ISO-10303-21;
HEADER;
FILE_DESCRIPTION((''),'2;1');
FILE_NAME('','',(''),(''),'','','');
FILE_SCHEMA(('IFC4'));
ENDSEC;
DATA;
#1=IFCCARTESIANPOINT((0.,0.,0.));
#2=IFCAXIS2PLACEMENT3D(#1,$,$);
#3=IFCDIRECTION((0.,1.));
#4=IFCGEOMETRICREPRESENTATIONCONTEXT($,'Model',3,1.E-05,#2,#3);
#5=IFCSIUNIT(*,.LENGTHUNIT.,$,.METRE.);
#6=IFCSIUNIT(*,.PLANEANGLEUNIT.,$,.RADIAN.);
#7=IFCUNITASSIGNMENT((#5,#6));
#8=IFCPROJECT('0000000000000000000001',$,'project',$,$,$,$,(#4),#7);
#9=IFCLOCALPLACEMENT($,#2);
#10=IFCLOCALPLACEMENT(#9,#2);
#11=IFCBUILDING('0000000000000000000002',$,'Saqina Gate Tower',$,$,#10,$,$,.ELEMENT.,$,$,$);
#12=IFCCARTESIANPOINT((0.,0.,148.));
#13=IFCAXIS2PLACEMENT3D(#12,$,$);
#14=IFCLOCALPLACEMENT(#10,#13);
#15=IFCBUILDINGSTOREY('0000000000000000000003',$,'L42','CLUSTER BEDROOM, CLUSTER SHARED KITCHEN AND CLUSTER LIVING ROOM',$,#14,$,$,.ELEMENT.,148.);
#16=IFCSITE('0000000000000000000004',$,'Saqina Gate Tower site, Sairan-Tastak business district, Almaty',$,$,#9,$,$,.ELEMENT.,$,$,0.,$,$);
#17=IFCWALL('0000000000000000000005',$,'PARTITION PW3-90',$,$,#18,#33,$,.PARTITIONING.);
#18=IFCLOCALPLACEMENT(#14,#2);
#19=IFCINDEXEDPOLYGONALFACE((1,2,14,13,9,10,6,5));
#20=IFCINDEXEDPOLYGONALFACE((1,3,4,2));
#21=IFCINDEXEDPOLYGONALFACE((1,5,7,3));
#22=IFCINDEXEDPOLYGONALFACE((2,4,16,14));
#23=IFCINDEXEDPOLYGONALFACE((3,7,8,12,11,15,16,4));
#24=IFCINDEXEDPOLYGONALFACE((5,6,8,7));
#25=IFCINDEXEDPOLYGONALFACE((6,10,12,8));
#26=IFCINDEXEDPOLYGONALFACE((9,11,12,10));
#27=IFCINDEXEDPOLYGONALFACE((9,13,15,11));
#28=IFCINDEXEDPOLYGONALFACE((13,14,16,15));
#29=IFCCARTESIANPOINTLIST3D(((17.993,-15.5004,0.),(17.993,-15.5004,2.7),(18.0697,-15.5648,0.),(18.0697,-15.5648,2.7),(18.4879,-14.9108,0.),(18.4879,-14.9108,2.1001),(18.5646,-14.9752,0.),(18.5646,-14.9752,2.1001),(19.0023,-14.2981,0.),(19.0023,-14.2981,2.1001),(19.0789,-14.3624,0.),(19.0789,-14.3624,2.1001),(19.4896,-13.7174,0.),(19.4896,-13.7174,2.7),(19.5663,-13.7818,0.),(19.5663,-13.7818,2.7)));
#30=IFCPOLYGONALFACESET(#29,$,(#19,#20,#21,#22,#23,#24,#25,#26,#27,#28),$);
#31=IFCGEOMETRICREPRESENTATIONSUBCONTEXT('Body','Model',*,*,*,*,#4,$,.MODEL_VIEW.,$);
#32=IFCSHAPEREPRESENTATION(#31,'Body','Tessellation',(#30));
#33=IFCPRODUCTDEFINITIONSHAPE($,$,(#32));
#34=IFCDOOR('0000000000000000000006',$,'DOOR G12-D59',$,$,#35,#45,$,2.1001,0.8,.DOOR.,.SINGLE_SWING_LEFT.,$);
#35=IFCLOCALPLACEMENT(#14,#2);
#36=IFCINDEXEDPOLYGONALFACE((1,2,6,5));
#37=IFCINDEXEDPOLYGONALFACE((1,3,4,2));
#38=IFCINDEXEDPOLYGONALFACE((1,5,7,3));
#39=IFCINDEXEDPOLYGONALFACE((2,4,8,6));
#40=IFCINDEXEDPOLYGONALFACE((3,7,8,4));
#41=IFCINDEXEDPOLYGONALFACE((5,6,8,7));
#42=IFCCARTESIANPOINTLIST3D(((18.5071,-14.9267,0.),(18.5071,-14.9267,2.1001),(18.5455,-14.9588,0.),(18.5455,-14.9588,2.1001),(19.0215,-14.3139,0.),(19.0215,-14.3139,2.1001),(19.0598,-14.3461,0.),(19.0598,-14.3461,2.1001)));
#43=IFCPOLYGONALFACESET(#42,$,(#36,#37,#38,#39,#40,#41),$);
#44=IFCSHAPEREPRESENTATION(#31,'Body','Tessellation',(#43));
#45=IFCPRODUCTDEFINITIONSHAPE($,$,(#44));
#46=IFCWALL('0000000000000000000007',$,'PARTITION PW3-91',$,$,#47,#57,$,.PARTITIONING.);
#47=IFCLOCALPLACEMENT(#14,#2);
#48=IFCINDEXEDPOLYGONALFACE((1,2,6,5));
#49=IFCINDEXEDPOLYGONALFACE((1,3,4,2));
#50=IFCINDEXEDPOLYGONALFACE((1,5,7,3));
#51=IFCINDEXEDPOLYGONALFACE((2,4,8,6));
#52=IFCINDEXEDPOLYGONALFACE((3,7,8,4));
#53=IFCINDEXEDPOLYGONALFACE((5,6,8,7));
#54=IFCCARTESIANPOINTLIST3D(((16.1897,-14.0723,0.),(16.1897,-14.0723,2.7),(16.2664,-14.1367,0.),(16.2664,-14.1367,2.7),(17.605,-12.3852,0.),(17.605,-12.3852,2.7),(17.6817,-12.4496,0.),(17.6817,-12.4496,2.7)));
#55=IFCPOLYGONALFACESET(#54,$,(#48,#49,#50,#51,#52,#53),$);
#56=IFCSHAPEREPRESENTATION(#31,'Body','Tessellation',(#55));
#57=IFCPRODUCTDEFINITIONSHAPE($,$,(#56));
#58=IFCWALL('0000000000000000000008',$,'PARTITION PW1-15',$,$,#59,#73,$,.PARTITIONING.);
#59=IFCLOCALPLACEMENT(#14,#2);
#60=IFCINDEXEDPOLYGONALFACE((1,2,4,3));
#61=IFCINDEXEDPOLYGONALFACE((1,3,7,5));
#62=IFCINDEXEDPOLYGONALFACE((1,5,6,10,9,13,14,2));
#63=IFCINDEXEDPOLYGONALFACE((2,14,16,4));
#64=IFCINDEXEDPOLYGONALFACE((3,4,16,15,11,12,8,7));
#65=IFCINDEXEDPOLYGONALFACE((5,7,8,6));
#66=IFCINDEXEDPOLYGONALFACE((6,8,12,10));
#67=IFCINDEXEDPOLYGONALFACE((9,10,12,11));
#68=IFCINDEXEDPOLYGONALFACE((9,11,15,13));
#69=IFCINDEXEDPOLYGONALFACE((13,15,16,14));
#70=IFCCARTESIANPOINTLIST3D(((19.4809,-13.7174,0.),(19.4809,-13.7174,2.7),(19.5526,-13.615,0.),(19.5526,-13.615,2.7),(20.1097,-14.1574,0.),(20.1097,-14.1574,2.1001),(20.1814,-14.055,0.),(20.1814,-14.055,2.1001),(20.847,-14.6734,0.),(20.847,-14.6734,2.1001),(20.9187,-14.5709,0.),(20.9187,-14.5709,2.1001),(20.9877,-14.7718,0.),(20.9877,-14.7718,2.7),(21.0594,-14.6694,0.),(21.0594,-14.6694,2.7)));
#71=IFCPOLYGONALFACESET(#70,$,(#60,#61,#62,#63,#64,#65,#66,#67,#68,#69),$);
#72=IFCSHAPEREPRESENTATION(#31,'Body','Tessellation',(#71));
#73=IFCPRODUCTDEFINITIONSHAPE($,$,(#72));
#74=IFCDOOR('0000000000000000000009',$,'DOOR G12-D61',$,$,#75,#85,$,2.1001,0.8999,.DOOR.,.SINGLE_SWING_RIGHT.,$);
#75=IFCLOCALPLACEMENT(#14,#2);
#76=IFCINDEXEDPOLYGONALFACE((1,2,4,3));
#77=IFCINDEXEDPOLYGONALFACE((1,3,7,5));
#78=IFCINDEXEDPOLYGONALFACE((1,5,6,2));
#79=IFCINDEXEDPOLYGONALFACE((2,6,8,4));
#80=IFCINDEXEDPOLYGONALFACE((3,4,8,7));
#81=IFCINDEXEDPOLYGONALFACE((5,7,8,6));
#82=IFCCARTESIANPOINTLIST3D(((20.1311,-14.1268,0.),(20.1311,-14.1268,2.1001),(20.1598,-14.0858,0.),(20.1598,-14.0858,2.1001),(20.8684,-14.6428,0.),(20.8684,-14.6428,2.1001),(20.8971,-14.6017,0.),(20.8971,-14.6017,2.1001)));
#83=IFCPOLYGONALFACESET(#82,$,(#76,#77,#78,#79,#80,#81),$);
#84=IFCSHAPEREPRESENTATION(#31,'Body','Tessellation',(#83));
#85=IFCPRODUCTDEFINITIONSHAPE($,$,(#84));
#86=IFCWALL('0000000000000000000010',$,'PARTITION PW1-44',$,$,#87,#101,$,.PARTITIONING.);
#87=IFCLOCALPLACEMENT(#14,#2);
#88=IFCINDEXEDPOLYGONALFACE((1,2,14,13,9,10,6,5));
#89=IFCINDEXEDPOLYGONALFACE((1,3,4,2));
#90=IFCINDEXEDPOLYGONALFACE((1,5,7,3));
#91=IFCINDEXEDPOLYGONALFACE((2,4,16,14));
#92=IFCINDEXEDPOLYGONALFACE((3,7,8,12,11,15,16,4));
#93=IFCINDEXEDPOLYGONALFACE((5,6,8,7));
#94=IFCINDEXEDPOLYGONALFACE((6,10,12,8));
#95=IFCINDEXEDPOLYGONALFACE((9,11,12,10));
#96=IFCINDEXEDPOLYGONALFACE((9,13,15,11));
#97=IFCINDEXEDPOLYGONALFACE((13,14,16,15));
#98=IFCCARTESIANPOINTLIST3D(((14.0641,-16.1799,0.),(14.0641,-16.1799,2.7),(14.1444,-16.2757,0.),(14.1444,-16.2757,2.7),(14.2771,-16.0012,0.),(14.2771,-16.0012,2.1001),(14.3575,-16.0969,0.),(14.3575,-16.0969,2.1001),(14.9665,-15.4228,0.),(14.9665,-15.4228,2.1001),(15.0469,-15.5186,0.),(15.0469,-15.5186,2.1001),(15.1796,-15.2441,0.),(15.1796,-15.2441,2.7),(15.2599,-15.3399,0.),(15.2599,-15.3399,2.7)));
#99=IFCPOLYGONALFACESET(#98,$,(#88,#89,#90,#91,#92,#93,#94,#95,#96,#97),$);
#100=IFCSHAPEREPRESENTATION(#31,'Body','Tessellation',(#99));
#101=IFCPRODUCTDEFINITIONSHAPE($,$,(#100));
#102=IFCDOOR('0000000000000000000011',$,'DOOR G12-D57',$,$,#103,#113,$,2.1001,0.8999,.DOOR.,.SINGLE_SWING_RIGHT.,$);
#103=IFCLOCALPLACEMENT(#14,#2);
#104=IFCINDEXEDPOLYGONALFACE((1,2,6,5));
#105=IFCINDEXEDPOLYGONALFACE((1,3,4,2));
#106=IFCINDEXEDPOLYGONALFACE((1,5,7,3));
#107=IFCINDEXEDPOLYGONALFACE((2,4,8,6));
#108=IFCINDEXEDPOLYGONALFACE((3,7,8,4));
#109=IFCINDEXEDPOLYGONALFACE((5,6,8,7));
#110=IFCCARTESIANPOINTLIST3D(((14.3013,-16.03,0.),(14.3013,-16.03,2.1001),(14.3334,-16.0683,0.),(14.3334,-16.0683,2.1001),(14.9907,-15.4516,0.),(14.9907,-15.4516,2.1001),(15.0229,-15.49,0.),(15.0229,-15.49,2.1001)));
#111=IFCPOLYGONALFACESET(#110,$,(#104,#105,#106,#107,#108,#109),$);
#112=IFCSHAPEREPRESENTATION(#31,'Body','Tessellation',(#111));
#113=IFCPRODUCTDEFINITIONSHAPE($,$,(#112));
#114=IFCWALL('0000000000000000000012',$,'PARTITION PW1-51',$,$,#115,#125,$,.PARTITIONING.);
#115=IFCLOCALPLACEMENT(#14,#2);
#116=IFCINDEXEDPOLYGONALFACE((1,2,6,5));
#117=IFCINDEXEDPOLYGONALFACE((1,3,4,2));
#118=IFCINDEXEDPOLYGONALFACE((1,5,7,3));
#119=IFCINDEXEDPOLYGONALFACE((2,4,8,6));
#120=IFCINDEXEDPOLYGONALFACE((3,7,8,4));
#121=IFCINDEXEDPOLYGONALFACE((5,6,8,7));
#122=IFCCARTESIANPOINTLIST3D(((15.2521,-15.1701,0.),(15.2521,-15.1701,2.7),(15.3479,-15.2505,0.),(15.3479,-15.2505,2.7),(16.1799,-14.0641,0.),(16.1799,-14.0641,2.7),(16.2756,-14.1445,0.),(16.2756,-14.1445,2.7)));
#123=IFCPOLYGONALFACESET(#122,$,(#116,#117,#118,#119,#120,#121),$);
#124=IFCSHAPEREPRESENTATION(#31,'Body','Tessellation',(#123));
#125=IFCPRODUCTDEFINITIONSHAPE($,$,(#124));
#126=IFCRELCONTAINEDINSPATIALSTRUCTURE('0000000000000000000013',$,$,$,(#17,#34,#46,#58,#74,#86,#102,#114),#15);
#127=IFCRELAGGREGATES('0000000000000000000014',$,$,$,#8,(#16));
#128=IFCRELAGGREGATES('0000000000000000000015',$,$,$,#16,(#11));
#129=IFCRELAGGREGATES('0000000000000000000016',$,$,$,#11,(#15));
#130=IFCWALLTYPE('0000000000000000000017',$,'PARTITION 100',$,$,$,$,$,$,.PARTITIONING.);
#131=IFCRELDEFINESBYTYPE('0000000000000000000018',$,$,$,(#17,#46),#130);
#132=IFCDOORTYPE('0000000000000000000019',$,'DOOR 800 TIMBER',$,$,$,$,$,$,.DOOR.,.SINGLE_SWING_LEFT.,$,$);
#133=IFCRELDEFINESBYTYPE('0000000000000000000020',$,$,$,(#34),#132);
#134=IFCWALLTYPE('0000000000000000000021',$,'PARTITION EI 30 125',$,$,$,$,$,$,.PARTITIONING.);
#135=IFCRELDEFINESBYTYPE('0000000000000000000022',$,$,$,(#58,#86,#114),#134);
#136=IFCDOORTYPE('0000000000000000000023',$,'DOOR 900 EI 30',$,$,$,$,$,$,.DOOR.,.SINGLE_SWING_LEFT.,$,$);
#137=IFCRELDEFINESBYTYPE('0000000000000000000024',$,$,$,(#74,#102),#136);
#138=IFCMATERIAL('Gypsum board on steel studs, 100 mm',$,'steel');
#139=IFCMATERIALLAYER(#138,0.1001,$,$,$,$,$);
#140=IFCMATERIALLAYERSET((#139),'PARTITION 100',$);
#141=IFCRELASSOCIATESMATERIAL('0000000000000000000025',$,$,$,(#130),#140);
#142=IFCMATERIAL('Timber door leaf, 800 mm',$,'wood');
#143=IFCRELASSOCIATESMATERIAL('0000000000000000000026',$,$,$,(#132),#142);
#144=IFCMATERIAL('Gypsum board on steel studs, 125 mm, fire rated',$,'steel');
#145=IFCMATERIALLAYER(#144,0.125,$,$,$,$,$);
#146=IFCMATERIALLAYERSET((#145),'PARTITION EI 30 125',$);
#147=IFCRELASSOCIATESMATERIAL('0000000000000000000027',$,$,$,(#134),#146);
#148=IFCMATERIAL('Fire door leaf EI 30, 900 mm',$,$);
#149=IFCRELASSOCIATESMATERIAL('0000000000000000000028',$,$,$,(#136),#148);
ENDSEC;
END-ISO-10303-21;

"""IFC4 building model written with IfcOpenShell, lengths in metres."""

from ifc_helpers import new_model, si_unit, direction, frame, frame_2d, origin, place, context, subcontext, project, spatial, rectangle, extrude, material, layer, layer_set, type_object, element, fill, save


model = new_model("IFC4")

# Units and contexts
model_context = context("Model", 3, precision=1e-05, world=origin(), true_north=direction((0.0, 1.0)))
body_context = subcontext(model_context, "Body", "Model", "MODEL_VIEW")
ifc_project = project(units=[si_unit("LENGTHUNIT", "METRE"), si_unit("PLANEANGLEUNIT", "RADIAN")], contexts=[model_context])

# Site, building, storey
site_placement = place(None, origin())
site = spatial("IfcSite", under=ifc_project, at=site_placement, Name="Saqina Gate Tower site, Sairan-Tastak business district, Almaty", CompositionType="ELEMENT", RefElevation=0.0)
building_placement = place(site_placement, origin())
building = spatial("IfcBuilding", under=site, at=building_placement, Name="Saqina Gate Tower", CompositionType="ELEMENT")
storey_placement = place(building_placement, frame((0.0, 0.0, 148.0)))
storey = spatial("IfcBuildingStorey", under=building, at=storey_placement, Name="L42", Description="CLUSTER BEDROOM, CLUSTER SHARED KITCHEN AND CLUSTER LIVING ROOM", CompositionType="ELEMENT", Elevation=148.0)

# Shared definitions
ifc_material_1 = material(Name="Gypsum board on steel studs, 100 mm", Category="steel")
ifc_layer_1 = layer(ifc_material_1, 0.1001)
ifc_layer_set_1 = layer_set([ifc_layer_1], Name="PARTITION 100")
wall_type_1 = type_object("IfcWallType", Name="PARTITION 100", PredefinedType="PARTITIONING", material=ifc_layer_set_1)

# Wall, opening, door
wall_1_placement = place(storey_placement, frame((18.0312, -15.5327, 0.0), z_axis=(0.0, 0.0, 1.0), x_axis=(0.642914, 0.765938, 0.0)))
wall_1 = element("IfcWall", 1, at=wall_1_placement, inside=storey, type_object=wall_type_1, Name="PARTITION PW3-90", PredefinedType="PARTITIONING", context=body_context, shape_type="SweptSolid", body=[
    extrude(rectangle(XDim=2.3279, YDim=0.1001, at=frame_2d((1.1641, 0.0))), origin(), (0.0, 0.0, 1.0), 2.7),
])
opening_1_placement = place(wall_1_placement, frame((0.77, 0.0, 0.0)))
opening_1 = element("IfcOpeningElement", 2, at=opening_1_placement, cuts=wall_1, PredefinedType="OPENING", context=body_context, shape_type="SweptSolid", body=[
    extrude(rectangle(XDim=0.8, YDim=2.1001, at=frame_2d((0.3999, 1.05))), frame((0.0, 0.062, 0.0), z_axis=(0.0, -1.0, 0.0), x_axis=(1.0, 0.0, 0.0)), (0.0, 0.0, 1.0), 0.124),
])
ifc_material_2 = material(Name="Timber door leaf, 800 mm", Category="wood")
door_type_1 = type_object("IfcDoorType", Name="DOOR 800 TIMBER", OperationType="SINGLE_SWING_LEFT", PredefinedType="DOOR", material=ifc_material_2)
door_1_placement = place(opening_1_placement, frame((0.8, 0.0, 0.0), z_axis=(0.0, 0.0, 1.0), x_axis=(-1.0, 0.0, 0.0)))
door_1 = element("IfcDoor", 3, at=door_1_placement, inside=storey, type_object=door_type_1, Name="DOOR G12-D59", OperationType="SINGLE_SWING_LEFT", OverallHeight=2.1001, OverallWidth=0.8, PredefinedType="DOOR", context=body_context, shape_type="SweptSolid", body=[
    extrude(rectangle(XDim=0.8, YDim=2.1001, at=frame_2d((0.3999, 1.05))), frame((0.0, 0.0249, 0.0), z_axis=(0.0, -1.0, 0.0), x_axis=(1.0, 0.0, 0.0)), (0.0, 0.0, 1.0), 0.05),
])
fill(opening_1, door_1)

# Wall
wall_2_placement = place(storey_placement, frame((16.228, -14.1045, 0.0), z_axis=(0.0, 0.0, 1.0), x_axis=(0.642711, 0.766109, 0.0)))
element("IfcWall", 4, at=wall_2_placement, inside=storey, type_object=wall_type_1, Name="PARTITION PW3-91", PredefinedType="PARTITIONING", context=body_context, shape_type="SweptSolid", body=[
    extrude(rectangle(XDim=2.2021, YDim=0.1001, at=frame_2d((1.1011, 0.0))), origin(), (0.0, 0.0, 1.0), 2.7),
])

# Walls, openings, doors
ifc_material_3 = material(Name="Gypsum board on steel studs, 125 mm, fire rated", Category="steel")
ifc_layer_2 = layer(ifc_material_3, 0.125)
ifc_layer_set_2 = layer_set([ifc_layer_2], Name="PARTITION EI 30 125")
wall_type_2 = type_object("IfcWallType", Name="PARTITION EI 30 125", PredefinedType="PARTITIONING", material=ifc_layer_set_2)
wall_3_placement = place(storey_placement, frame((19.5168, -13.6663, 0.0), z_axis=(0.0, 0.0, 1.0), x_axis=(0.819319, -0.573338, 0.0)))
wall_3 = element("IfcWall", 5, at=wall_3_placement, inside=storey, type_object=wall_type_2, Name="PARTITION PW1-15", PredefinedType="PARTITIONING", context=body_context, shape_type="SweptSolid", body=[
    extrude(rectangle(XDim=1.8391, YDim=0.125, at=frame_2d((0.9194, 0.0))), origin(), (0.0, 0.0, 1.0), 2.7),
])
opening_2_placement = place(wall_3_placement, frame((0.7673, 0.0, 0.0)))
opening_2 = element("IfcOpeningElement", 6, at=opening_2_placement, cuts=wall_3, PredefinedType="OPENING", context=body_context, shape_type="SweptSolid", body=[
    extrude(rectangle(XDim=0.8999, YDim=2.1001, at=frame_2d((0.45, 1.05))), frame((0.0, 0.0745, 0.0), z_axis=(0.0, -1.0, 0.0), x_axis=(1.0, 0.0, 0.0)), (0.0, 0.0, 1.0), 0.1489),
])
ifc_material_4 = material(Name="Fire door leaf EI 30, 900 mm")
door_type_2 = type_object("IfcDoorType", Name="DOOR 900 EI 30", OperationType="SINGLE_SWING_LEFT", PredefinedType="DOOR", material=ifc_material_4)
door_2_placement = place(opening_2_placement, origin())
door_2 = element("IfcDoor", 7, at=door_2_placement, inside=storey, type_object=door_type_2, Name="DOOR G12-D61", OperationType="SINGLE_SWING_RIGHT", OverallHeight=2.1001, OverallWidth=0.8999, PredefinedType="DOOR", context=body_context, shape_type="SweptSolid", body=[
    extrude(rectangle(XDim=0.8999, YDim=2.1001, at=frame_2d((0.45, 1.05))), frame((0.0, 0.0249, 0.0), z_axis=(0.0, -1.0, 0.0), x_axis=(1.0, 0.0, 0.0)), (0.0, 0.0, 1.0), 0.05),
])
fill(opening_2, door_2)
wall_4_placement = place(storey_placement, frame((14.1042, -16.2278, 0.0), z_axis=(0.0, 0.0, 1.0), x_axis=(0.766114, 0.642704, 0.0)))
wall_4 = element("IfcWall", 8, at=wall_4_placement, inside=storey, type_object=wall_type_2, Name="PARTITION PW1-44", PredefinedType="PARTITIONING", context=body_context, shape_type="SweptSolid", body=[
    extrude(rectangle(XDim=1.4561, YDim=0.125, at=frame_2d((0.728, 0.0))), origin(), (0.0, 0.0, 1.0), 2.7),
])
opening_3_placement = place(wall_4_placement, frame((0.2781, 0.0, 0.0)))
opening_3 = element("IfcOpeningElement", 9, at=opening_3_placement, cuts=wall_4, PredefinedType="OPENING", context=body_context, shape_type="SweptSolid", body=[
    extrude(rectangle(XDim=0.8999, YDim=2.1001, at=frame_2d((0.45, 1.05))), frame((0.0, 0.0745, 0.0), z_axis=(0.0, -1.0, 0.0), x_axis=(1.0, 0.0, 0.0)), (0.0, 0.0, 1.0), 0.1489),
])
door_3_placement = place(opening_3_placement, origin())
door_3 = element("IfcDoor", 10, at=door_3_placement, inside=storey, type_object=door_type_2, Name="DOOR G12-D57", OperationType="SINGLE_SWING_RIGHT", OverallHeight=2.1001, OverallWidth=0.8999, PredefinedType="DOOR", context=body_context, shape_type="SweptSolid", body=[
    extrude(rectangle(XDim=0.8999, YDim=2.1001, at=frame_2d((0.45, 1.05))), frame((0.0, 0.0249, 0.0), z_axis=(0.0, -1.0, 0.0), x_axis=(1.0, 0.0, 0.0)), (0.0, 0.0, 1.0), 0.05),
])
fill(opening_3, door_3)

# Wall
wall_5_placement = place(storey_placement, frame((15.3, -15.2102, 0.0), z_axis=(0.0, 0.0, 1.0), x_axis=(0.642676, 0.766138, 0.0)))
element("IfcWall", 11, at=wall_5_placement, inside=storey, type_object=wall_type_2, Name="PARTITION PW1-51", PredefinedType="PARTITIONING", context=body_context, shape_type="SweptSolid", body=[
    extrude(rectangle(XDim=1.4436, YDim=0.125, at=frame_2d((0.7217, 0.0))), origin(), (0.0, 0.0, 1.0), 2.7),
])

save(model, "model.ifc")
